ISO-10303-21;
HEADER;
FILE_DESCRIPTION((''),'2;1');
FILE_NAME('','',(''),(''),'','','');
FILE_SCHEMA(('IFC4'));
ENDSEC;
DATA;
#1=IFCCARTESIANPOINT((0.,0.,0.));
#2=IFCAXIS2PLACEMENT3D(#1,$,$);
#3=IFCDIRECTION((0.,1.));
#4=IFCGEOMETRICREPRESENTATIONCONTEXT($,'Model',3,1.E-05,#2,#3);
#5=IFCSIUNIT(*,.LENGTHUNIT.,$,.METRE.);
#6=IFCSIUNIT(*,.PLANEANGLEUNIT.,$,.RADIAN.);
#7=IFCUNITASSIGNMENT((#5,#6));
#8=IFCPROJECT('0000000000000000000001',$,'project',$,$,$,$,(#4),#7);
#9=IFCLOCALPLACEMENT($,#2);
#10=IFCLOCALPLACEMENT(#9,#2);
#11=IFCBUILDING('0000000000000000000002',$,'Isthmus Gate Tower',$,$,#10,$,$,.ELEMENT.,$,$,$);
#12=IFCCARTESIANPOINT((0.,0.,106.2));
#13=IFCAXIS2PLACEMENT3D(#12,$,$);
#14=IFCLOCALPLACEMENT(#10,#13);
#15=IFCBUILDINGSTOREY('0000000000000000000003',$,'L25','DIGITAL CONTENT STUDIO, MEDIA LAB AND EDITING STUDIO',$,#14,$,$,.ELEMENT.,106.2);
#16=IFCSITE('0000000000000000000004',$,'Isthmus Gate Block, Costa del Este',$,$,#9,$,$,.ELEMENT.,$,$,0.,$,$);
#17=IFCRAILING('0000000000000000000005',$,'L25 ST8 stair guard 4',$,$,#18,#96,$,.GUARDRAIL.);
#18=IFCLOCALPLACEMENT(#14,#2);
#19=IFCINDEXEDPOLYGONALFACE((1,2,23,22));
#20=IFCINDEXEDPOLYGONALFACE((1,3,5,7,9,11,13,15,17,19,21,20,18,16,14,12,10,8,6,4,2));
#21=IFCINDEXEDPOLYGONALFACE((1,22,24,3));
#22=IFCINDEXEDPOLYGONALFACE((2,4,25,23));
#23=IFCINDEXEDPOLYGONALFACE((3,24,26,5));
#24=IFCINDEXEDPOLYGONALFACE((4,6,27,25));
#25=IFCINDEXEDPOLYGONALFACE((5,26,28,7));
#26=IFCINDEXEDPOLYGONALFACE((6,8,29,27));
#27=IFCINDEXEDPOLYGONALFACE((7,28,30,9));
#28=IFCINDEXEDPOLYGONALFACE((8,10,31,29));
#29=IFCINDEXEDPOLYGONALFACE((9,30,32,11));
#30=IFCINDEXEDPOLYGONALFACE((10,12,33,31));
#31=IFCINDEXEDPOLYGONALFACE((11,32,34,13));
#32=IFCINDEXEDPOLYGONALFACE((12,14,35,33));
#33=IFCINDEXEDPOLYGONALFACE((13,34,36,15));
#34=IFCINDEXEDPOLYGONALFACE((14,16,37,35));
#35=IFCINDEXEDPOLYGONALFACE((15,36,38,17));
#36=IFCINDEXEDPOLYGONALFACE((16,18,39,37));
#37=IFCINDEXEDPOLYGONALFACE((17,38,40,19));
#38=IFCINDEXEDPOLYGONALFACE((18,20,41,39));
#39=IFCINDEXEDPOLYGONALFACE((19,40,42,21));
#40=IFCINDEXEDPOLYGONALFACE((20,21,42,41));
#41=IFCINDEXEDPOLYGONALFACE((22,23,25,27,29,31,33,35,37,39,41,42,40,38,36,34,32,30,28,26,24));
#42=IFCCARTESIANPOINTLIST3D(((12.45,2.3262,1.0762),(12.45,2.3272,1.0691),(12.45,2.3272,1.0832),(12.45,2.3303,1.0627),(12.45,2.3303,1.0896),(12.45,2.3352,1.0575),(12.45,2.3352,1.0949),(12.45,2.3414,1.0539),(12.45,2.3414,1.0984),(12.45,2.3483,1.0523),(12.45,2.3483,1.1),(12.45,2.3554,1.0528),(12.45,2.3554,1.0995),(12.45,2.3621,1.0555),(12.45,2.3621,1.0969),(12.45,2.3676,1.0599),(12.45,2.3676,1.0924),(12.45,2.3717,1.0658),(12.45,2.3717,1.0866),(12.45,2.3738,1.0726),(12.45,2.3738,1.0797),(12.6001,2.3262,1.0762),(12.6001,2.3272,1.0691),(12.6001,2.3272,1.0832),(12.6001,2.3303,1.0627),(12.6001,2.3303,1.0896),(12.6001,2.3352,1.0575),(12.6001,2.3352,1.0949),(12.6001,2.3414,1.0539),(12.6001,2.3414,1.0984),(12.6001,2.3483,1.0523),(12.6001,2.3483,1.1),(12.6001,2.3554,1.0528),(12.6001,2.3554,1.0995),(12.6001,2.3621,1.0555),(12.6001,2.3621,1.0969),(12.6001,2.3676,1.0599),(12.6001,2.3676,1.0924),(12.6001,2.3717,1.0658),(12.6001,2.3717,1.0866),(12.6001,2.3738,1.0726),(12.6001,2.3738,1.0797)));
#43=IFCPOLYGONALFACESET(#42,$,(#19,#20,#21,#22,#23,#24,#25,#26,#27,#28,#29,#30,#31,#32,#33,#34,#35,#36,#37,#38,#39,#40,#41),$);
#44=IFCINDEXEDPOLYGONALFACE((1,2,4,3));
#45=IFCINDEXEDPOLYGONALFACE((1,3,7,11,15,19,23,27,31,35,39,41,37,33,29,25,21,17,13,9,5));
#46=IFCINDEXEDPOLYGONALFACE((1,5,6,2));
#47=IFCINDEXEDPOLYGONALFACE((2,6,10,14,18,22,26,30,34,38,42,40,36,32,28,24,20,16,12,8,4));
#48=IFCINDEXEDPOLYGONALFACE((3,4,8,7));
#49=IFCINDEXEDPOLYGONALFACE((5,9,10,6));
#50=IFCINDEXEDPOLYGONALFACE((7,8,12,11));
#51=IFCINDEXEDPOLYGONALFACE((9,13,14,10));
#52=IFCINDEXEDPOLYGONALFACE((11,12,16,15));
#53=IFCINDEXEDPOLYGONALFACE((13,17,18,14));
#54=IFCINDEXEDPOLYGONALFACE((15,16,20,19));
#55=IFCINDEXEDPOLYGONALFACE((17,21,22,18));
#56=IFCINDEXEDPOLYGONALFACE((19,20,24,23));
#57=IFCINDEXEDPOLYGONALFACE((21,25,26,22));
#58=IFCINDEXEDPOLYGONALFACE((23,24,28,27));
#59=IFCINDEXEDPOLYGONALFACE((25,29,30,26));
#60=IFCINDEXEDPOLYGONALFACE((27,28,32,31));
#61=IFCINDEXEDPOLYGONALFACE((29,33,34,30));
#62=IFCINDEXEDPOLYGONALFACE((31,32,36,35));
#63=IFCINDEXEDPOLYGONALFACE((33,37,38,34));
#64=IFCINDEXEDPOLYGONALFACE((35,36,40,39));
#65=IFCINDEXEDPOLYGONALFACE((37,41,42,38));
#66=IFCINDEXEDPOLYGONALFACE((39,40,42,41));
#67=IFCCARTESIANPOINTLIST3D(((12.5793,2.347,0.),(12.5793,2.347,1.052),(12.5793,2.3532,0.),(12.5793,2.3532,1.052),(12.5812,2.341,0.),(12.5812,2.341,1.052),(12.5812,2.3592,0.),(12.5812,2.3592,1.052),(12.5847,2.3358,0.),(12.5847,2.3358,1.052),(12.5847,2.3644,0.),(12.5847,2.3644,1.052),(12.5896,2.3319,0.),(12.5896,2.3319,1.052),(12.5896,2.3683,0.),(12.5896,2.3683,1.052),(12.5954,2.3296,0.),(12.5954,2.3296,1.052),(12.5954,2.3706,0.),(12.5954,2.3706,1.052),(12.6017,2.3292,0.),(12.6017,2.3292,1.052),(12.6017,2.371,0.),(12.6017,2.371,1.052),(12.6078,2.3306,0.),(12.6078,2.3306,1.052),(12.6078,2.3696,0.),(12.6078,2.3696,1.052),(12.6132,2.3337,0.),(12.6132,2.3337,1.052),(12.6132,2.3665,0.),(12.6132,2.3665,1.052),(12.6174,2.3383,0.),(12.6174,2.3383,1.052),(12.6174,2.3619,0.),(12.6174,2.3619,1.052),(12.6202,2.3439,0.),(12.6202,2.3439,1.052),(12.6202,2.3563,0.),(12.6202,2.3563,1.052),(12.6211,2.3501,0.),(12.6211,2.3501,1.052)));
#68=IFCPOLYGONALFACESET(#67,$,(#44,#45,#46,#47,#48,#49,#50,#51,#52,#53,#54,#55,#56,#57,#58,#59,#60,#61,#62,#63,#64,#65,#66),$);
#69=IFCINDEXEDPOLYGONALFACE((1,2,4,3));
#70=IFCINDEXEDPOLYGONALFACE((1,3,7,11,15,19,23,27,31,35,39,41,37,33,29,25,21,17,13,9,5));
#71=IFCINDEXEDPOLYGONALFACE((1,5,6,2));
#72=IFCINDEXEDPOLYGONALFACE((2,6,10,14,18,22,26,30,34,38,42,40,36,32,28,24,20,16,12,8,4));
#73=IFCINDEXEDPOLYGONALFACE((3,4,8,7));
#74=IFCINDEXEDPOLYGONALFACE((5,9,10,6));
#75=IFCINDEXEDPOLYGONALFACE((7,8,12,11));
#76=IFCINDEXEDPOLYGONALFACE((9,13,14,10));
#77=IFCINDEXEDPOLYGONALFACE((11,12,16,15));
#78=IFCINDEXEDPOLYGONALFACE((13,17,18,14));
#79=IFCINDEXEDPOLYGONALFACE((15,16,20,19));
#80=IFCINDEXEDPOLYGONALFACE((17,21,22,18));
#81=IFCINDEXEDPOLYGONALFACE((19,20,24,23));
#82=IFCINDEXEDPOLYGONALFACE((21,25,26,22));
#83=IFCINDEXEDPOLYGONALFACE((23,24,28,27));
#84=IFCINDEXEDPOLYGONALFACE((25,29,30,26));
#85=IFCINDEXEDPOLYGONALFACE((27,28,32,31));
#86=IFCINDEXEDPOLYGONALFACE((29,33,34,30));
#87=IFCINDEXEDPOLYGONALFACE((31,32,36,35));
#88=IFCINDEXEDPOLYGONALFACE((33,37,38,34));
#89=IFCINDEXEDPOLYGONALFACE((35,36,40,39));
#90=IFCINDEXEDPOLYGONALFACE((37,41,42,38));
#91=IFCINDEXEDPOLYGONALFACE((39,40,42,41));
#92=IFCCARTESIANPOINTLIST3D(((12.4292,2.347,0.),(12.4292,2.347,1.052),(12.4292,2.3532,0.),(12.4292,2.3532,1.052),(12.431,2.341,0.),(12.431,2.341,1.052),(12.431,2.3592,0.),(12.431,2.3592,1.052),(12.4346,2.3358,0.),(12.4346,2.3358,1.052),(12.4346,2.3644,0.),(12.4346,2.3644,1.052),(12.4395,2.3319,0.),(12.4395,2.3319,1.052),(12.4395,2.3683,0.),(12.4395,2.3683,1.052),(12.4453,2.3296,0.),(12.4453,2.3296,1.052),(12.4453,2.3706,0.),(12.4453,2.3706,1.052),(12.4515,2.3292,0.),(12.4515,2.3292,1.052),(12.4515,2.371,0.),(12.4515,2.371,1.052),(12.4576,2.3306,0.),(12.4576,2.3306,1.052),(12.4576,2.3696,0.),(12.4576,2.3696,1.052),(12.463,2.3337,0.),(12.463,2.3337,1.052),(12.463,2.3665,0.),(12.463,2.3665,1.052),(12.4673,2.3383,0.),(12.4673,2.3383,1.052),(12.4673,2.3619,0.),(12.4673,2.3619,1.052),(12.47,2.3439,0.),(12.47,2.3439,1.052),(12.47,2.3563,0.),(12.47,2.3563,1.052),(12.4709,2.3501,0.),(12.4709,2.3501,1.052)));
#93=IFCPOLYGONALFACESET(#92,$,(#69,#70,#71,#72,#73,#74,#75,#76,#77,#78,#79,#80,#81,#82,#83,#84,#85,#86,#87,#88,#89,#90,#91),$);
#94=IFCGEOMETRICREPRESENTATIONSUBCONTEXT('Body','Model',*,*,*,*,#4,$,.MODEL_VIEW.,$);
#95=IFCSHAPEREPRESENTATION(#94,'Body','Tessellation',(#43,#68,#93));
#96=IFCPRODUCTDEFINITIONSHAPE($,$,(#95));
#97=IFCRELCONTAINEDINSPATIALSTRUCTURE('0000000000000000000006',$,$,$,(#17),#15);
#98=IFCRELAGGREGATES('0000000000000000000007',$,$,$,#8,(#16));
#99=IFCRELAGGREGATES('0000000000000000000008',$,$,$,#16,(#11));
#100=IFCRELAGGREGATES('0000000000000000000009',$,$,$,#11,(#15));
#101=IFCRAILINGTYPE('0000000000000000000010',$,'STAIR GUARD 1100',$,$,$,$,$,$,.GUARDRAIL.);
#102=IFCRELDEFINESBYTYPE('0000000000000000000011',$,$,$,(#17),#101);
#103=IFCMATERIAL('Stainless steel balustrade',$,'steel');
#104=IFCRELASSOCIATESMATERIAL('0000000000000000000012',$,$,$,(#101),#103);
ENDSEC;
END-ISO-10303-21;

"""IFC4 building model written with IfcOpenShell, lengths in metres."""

from ifc_helpers import new_model, si_unit, direction, frame, origin, origin_2d, place, context, subcontext, project, spatial, circle, extrude, material, type_object, element, save


model = new_model("IFC4")

# Units and contexts
model_context = context("Model", 3, precision=1e-05, world=origin(), true_north=direction((0.0, 1.0)))
body_context = subcontext(model_context, "Body", "Model", "MODEL_VIEW")
ifc_project = project(units=[si_unit("LENGTHUNIT", "METRE"), si_unit("PLANEANGLEUNIT", "RADIAN")], contexts=[model_context])

# Site, building, storey
site_placement = place(None, origin())
site = spatial("IfcSite", under=ifc_project, at=site_placement, Name="Isthmus Gate Block, Costa del Este", CompositionType="ELEMENT", RefElevation=0.0)
building_placement = place(site_placement, origin())
building = spatial("IfcBuilding", under=site, at=building_placement, Name="Isthmus Gate Tower", CompositionType="ELEMENT")
storey_placement = place(building_placement, frame((0.0, 0.0, 106.2)))
storey = spatial("IfcBuildingStorey", under=building, at=storey_placement, Name="L25", Description="DIGITAL CONTENT STUDIO, MEDIA LAB AND EDITING STUDIO", CompositionType="ELEMENT", Elevation=106.2)

# Railing
ifc_material_1 = material(Name="Stainless steel balustrade", Category="steel")
railing_type_1 = type_object("IfcRailingType", Name="STAIR GUARD 1100", PredefinedType="GUARDRAIL", material=ifc_material_1)
railing_1_placement = place(storey_placement, frame((12.6001, 2.3501, 0.0)))
element("IfcRailing", 1, at=railing_1_placement, inside=storey, type_object=railing_type_1, Name="L25 ST8 stair guard 4", PredefinedType="GUARDRAIL", context=body_context, shape_type="SweptSolid", body=[
    extrude(circle(Radius=0.0239, at=origin_2d()), frame((0.0, 0.0, 1.0762), z_axis=(-1.0, 0.0, 0.0), x_axis=(0.0, -1.0, 0.0)), (0.0, 0.0, 1.0), 0.1501),
    extrude(circle(Radius=0.021, at=origin_2d()), origin(), (0.0, 0.0, 1.0), 1.052),
    extrude(circle(Radius=0.021, at=origin_2d()), frame((-0.1501, 0.0, 0.0)), (0.0, 0.0, 1.0), 1.052),
])

save(model, "model.ifc")
